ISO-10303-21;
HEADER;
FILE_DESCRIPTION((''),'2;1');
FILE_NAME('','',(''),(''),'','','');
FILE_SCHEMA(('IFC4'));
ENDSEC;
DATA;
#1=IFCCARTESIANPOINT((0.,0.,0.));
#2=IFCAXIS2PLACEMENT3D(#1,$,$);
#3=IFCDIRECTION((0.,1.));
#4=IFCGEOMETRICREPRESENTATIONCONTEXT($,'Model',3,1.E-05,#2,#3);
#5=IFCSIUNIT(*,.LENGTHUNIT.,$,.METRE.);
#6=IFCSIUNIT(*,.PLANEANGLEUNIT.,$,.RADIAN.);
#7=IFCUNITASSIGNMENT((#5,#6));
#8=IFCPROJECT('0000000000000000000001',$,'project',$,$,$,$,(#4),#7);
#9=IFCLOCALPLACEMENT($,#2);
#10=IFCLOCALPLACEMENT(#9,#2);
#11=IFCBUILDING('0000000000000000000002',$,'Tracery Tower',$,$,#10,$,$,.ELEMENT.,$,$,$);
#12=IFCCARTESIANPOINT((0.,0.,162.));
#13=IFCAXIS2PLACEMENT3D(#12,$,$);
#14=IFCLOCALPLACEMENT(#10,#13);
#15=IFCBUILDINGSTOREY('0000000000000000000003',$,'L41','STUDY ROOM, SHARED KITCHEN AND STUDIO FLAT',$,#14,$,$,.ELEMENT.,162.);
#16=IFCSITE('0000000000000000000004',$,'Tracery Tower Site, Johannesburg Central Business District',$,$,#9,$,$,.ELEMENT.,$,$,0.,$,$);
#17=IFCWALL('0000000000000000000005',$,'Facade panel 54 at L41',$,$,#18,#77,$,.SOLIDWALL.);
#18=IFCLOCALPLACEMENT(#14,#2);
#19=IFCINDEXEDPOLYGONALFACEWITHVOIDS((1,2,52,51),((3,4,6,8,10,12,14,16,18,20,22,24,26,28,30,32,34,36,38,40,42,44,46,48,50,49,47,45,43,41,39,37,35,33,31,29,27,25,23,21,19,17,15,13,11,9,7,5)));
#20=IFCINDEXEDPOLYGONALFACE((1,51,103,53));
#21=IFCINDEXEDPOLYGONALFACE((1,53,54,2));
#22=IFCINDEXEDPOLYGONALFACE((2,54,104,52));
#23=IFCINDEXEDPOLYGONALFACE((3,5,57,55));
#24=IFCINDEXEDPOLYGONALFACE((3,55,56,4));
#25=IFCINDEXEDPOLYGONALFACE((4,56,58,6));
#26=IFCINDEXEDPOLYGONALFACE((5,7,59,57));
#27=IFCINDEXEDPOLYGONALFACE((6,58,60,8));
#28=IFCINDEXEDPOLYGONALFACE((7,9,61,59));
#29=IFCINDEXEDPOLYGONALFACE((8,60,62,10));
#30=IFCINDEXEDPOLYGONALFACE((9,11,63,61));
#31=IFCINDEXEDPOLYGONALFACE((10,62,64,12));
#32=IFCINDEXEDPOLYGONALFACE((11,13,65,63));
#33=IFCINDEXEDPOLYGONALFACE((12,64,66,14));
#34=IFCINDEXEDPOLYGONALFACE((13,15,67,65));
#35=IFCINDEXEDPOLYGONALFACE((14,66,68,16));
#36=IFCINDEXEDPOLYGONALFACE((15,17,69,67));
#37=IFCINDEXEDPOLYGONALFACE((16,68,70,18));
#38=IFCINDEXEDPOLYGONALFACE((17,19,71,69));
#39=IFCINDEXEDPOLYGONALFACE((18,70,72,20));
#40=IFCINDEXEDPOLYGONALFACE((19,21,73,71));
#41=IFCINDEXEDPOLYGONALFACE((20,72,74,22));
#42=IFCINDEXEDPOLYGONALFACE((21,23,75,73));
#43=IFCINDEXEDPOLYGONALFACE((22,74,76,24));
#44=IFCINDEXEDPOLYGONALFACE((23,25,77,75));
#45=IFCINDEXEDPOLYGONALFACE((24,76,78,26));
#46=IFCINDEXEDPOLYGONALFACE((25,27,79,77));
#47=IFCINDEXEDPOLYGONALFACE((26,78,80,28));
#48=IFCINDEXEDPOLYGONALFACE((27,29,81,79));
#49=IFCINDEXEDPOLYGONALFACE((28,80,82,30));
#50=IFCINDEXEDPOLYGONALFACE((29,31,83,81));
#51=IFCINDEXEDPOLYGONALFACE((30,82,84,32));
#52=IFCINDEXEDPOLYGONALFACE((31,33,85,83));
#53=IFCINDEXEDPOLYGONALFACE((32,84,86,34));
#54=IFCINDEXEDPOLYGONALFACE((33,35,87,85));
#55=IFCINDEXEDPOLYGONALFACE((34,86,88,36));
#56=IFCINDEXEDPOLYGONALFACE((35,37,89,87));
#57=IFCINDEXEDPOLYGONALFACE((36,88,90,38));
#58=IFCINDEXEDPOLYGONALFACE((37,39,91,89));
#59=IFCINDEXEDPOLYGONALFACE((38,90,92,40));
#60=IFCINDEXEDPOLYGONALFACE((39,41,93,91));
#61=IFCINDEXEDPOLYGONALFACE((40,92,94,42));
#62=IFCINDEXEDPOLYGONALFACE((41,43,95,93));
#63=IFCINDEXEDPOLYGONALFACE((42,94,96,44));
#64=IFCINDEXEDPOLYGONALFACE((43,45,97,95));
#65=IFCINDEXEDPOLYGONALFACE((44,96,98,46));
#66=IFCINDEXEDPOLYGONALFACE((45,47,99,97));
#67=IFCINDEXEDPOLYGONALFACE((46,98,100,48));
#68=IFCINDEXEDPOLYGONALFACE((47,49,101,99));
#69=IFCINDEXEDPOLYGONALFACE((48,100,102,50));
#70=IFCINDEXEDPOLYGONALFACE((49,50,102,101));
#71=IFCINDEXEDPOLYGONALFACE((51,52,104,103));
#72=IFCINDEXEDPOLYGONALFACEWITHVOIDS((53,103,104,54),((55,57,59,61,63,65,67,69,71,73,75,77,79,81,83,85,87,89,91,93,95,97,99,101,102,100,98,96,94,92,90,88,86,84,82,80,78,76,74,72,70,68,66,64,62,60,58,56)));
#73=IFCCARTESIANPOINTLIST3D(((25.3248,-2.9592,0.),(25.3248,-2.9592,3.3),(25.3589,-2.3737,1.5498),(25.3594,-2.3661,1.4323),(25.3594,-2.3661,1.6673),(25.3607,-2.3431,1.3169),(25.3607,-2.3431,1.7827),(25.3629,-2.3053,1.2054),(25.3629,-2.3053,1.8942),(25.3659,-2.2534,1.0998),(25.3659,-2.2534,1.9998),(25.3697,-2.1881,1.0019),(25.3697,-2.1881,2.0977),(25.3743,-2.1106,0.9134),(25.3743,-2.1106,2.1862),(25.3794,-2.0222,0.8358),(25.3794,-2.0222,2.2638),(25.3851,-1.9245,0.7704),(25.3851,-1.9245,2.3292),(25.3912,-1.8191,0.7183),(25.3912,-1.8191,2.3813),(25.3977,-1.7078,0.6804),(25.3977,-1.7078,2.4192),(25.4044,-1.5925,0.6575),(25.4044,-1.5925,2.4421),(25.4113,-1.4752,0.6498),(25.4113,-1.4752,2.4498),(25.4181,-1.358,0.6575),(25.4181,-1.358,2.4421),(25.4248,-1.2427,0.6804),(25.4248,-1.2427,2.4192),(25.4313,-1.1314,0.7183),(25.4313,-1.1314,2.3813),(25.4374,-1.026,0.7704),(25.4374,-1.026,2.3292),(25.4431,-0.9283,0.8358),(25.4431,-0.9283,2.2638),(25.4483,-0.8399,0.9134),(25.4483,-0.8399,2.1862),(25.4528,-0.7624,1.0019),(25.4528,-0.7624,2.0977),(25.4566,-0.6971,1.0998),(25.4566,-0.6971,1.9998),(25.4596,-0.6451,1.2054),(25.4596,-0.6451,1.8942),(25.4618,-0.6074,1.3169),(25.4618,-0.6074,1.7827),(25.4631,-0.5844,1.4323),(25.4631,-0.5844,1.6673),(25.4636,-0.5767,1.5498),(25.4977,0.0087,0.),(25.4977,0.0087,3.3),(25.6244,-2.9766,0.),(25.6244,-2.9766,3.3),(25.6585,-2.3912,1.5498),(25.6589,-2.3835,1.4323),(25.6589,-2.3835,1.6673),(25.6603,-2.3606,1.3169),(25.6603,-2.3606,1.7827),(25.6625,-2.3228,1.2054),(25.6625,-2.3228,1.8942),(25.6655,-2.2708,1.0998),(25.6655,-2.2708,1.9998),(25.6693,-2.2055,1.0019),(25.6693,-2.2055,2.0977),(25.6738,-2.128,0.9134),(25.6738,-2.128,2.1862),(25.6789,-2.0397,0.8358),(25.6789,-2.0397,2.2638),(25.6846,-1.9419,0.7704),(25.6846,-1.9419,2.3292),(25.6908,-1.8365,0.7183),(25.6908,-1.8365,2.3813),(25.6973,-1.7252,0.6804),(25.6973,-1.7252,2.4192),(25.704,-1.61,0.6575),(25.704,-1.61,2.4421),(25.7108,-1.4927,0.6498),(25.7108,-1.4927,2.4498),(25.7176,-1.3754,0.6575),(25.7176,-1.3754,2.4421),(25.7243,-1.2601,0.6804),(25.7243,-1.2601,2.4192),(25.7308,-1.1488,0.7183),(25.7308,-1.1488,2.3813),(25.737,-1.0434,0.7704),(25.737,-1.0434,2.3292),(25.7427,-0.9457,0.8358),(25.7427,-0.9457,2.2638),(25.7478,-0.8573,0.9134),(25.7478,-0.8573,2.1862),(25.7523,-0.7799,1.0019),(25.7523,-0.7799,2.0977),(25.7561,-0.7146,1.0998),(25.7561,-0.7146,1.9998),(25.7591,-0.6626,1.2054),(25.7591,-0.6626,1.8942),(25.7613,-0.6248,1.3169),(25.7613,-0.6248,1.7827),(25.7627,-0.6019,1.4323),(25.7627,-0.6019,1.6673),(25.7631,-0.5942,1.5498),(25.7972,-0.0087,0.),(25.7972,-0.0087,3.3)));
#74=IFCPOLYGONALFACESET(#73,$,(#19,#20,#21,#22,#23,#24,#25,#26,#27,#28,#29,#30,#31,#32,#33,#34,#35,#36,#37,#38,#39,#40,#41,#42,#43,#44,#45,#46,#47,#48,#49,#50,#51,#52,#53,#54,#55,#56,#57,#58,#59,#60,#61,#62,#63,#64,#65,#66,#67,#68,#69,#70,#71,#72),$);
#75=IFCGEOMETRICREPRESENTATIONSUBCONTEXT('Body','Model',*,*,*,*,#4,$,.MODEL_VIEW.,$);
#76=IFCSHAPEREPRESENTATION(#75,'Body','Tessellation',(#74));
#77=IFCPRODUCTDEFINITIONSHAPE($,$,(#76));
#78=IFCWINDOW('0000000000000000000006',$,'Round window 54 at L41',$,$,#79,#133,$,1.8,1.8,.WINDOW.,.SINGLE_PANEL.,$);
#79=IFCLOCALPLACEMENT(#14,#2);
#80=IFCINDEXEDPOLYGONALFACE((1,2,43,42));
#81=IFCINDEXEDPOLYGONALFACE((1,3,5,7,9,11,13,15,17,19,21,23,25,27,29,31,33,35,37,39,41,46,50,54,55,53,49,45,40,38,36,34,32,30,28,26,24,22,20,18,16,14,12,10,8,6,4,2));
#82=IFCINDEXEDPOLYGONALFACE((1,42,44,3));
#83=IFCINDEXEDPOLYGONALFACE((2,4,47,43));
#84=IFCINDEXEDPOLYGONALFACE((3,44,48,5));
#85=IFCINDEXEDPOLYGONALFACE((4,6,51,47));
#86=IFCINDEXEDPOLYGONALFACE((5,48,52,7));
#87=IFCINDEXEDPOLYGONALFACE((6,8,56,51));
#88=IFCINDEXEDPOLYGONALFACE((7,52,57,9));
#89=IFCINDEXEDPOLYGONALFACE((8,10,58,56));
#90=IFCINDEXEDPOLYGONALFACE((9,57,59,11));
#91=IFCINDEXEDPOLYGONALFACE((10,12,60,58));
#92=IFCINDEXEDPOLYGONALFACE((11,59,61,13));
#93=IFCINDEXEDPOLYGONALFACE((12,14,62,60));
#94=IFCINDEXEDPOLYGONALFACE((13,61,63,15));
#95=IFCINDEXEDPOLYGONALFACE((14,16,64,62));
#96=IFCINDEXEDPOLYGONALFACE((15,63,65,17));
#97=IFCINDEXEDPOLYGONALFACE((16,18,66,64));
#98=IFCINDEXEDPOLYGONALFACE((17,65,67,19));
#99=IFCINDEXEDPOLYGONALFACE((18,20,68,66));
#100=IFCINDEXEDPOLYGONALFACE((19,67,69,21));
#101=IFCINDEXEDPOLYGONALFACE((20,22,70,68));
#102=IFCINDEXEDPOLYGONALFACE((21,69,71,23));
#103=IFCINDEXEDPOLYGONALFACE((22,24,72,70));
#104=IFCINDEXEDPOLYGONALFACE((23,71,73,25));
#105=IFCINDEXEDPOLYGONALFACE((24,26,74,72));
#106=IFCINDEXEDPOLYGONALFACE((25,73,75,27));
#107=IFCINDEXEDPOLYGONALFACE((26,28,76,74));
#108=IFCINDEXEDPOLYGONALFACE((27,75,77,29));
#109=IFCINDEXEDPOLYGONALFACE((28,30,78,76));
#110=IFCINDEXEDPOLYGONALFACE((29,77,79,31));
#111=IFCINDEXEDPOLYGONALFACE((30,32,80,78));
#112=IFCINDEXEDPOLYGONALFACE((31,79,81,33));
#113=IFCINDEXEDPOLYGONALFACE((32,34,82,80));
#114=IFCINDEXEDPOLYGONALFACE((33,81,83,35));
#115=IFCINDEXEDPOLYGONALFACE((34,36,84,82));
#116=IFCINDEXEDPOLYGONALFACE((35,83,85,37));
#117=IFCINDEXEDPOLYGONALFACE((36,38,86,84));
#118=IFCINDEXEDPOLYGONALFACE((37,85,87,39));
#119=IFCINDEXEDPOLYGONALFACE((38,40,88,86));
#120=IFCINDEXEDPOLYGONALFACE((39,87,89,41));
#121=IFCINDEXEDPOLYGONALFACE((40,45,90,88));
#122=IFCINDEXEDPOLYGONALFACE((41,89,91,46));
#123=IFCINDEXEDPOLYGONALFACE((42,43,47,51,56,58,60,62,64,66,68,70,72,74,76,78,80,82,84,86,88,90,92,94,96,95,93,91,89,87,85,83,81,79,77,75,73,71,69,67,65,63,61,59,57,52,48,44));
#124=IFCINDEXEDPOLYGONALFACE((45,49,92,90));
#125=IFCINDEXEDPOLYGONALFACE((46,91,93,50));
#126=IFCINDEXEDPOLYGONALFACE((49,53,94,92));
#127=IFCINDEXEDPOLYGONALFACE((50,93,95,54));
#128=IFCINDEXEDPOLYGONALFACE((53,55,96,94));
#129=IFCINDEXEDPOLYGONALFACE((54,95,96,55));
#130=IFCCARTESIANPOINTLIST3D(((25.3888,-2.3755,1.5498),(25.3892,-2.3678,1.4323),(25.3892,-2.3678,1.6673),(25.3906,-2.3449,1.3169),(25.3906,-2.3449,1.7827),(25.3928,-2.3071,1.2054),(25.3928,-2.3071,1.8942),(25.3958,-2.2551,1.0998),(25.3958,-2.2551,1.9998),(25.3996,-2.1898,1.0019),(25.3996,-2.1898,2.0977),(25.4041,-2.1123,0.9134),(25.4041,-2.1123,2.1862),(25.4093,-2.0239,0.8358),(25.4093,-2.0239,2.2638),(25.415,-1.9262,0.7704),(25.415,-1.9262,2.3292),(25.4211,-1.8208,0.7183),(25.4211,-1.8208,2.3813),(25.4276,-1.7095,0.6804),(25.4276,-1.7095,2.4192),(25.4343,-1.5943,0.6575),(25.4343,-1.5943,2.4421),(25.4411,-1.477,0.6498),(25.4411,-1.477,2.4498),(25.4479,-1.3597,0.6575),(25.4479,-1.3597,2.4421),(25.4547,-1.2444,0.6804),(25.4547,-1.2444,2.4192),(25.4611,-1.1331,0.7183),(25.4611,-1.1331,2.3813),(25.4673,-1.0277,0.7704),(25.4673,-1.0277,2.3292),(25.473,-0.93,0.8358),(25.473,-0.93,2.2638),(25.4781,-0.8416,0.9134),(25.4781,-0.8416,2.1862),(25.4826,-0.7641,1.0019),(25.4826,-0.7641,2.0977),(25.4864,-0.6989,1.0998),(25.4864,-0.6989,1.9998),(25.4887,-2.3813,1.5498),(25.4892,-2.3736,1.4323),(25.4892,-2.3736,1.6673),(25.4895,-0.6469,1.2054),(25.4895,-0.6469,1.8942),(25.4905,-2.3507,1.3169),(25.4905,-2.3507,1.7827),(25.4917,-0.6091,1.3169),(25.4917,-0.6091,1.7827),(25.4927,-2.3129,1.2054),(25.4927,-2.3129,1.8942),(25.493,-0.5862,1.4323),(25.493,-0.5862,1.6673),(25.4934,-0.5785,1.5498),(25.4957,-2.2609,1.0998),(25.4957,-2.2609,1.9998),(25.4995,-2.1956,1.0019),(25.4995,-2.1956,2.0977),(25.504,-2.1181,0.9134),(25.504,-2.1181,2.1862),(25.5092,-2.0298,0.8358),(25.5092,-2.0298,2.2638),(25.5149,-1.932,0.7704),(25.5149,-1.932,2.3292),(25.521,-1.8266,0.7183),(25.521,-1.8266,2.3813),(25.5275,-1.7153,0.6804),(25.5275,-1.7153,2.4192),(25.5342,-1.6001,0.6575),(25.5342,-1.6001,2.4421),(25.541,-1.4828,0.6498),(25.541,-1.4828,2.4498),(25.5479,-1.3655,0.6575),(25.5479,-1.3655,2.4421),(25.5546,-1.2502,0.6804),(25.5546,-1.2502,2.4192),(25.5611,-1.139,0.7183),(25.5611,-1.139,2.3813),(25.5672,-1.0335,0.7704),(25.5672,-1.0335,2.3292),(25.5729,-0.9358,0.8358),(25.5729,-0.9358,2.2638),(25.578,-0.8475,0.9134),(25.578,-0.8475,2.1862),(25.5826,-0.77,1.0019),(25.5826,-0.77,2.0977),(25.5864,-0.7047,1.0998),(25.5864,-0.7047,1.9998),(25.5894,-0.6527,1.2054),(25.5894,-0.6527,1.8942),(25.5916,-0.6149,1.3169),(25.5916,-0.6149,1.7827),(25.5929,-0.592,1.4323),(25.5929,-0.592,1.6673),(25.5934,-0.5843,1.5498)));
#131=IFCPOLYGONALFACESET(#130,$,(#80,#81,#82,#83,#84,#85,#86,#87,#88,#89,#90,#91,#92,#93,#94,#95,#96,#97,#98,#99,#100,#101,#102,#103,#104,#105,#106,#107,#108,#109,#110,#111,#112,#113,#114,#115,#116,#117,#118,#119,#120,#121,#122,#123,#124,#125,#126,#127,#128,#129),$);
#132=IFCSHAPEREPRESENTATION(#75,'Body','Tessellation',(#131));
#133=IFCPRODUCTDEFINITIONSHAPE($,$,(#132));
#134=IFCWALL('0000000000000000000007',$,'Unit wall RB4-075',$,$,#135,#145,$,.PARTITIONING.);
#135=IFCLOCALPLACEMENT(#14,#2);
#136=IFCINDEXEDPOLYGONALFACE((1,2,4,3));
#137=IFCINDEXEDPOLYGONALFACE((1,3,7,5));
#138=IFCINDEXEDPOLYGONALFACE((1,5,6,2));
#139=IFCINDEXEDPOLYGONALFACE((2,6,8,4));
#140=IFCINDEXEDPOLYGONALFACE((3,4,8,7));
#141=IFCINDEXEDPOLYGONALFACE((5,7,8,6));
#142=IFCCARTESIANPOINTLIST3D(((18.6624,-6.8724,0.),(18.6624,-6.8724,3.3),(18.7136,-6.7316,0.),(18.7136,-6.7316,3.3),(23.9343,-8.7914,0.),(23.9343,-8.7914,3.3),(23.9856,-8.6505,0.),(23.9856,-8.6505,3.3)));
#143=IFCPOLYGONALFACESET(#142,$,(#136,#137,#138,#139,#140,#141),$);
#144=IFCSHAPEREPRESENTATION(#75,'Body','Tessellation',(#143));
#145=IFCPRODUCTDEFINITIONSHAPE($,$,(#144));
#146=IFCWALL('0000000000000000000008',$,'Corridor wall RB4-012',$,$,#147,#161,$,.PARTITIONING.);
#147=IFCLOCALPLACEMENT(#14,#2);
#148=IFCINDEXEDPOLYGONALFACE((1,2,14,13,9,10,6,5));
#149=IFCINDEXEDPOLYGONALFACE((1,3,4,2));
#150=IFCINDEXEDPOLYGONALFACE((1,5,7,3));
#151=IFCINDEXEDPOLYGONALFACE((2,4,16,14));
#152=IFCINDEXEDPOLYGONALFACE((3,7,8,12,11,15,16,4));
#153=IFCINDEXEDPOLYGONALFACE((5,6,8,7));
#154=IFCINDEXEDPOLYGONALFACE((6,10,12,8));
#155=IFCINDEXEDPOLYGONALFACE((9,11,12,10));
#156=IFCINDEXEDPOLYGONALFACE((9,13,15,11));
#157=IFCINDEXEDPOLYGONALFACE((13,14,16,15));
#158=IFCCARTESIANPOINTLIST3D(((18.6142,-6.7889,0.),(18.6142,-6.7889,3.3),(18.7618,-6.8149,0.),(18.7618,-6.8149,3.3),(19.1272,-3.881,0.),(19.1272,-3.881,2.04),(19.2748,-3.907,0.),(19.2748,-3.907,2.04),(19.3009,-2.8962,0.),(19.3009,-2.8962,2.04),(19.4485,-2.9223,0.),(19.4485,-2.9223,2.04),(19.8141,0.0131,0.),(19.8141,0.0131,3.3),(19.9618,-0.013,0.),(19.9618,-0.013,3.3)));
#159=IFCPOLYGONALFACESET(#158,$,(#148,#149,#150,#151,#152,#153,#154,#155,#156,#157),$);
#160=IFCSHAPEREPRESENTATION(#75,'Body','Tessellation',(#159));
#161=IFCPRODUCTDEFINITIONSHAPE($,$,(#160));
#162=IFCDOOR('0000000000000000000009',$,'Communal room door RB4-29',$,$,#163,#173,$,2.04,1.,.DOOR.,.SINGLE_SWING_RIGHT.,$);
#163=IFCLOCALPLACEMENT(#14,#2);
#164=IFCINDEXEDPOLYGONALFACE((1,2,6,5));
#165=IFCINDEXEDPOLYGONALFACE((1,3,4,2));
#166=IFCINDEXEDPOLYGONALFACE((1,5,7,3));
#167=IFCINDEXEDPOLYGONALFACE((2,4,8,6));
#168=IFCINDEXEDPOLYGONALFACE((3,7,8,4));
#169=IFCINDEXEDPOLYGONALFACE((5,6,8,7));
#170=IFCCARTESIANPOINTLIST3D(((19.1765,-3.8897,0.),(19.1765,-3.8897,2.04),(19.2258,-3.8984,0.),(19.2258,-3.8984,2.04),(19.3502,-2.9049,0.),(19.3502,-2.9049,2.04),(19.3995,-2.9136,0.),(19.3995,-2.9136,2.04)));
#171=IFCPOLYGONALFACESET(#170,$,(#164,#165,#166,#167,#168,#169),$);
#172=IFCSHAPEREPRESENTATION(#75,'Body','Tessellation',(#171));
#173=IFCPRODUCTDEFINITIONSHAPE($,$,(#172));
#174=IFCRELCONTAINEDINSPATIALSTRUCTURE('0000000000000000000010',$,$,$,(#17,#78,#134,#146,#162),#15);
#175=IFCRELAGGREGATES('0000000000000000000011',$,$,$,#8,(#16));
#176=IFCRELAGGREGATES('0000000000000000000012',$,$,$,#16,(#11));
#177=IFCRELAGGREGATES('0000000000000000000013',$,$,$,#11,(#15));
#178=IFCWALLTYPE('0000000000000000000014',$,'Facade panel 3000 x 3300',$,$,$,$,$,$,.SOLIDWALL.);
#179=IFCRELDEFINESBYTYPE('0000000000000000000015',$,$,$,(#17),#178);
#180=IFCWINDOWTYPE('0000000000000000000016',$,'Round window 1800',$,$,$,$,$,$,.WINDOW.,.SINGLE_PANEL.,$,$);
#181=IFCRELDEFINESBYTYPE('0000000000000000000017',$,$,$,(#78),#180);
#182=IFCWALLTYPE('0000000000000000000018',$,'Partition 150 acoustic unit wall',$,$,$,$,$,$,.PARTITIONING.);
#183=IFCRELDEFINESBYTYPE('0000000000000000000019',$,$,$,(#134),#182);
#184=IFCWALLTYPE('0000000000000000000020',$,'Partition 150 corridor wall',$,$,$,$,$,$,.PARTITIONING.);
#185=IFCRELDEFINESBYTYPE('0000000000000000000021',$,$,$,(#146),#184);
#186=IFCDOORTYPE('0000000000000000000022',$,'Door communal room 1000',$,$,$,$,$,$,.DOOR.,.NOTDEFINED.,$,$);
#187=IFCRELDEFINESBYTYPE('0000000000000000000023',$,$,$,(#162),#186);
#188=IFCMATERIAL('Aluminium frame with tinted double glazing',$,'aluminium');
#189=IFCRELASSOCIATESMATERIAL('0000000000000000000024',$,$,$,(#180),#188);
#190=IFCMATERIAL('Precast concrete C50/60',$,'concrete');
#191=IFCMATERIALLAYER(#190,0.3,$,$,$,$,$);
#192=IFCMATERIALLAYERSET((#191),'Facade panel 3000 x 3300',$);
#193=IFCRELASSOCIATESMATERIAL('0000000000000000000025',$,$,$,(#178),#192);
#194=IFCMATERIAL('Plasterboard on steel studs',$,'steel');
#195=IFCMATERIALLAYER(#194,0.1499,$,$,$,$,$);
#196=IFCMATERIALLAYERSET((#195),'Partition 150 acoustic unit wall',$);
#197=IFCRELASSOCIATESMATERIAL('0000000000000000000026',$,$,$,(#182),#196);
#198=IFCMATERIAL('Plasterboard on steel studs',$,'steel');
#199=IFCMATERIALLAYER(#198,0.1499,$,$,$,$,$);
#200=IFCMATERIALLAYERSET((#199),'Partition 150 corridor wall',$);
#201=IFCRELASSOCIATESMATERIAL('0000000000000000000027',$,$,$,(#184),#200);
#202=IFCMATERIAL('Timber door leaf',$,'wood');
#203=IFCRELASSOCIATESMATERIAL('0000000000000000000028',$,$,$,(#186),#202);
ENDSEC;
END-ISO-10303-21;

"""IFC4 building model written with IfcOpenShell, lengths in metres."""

from ifc_helpers import new_model, si_unit, direction, frame, frame_2d, origin, origin_2d, place, context, subcontext, project, spatial, rectangle, circle, extrude, material, layer, layer_set, type_object, element, fill, save


model = new_model("IFC4")

# Units and contexts
model_context = context("Model", 3, precision=1e-05, world=origin(), true_north=direction((0.0, 1.0)))
body_context = subcontext(model_context, "Body", "Model", "MODEL_VIEW")
ifc_project = project(units=[si_unit("LENGTHUNIT", "METRE"), si_unit("PLANEANGLEUNIT", "RADIAN")], contexts=[model_context])

# Site, building, storey
site_placement = place(None, origin())
site = spatial("IfcSite", under=ifc_project, at=site_placement, Name="Tracery Tower Site, Johannesburg Central Business District", CompositionType="ELEMENT", RefElevation=0.0)
building_placement = place(site_placement, origin())
building = spatial("IfcBuilding", under=site, at=building_placement, Name="Tracery Tower", CompositionType="ELEMENT")
storey_placement = place(building_placement, frame((0.0, 0.0, 162.0)))
storey = spatial("IfcBuildingStorey", under=building, at=storey_placement, Name="L41", Description="STUDY ROOM, SHARED KITCHEN AND STUDIO FLAT", CompositionType="ELEMENT", Elevation=162.0)

# Wall, opening, window
ifc_material_1 = material(Name="Aluminium frame with tinted double glazing", Category="aluminium")
window_type = type_object("IfcWindowType", Name="Round window 1800", PartitioningType="SINGLE_PANEL", PredefinedType="WINDOW", material=ifc_material_1)
ifc_material_2 = material(Name="Precast concrete C50/60", Category="concrete")
ifc_layer_1 = layer(ifc_material_2, 0.3)
ifc_layer_set_1 = layer_set([ifc_layer_1], Name="Facade panel 3000 x 3300")
wall_type_1 = type_object("IfcWallType", Name="Facade panel 3000 x 3300", PredefinedType="SOLIDWALL", material=ifc_layer_set_1)
wall_1_placement = place(storey_placement, frame((25.4746, -2.9678, 0.0), z_axis=(0.0, 0.0, 1.0), x_axis=(0.058144, 0.998308, 0.0)))
wall_1 = element("IfcWall", 1, at=wall_1_placement, inside=storey, type_object=wall_type_1, Name="Facade panel 54 at L41", PredefinedType="SOLIDWALL", context=body_context, shape_type="SweptSolid", body=[
    extrude(rectangle(XDim=2.9729, YDim=0.3, at=frame_2d((1.4863, 0.0))), origin(), (0.0, 0.0, 1.0), 3.3),
])
opening_1_placement = place(wall_1_placement, frame((1.4863, 0.0, 1.5498)))
opening_1 = element("IfcOpeningElement", 2, at=opening_1_placement, cuts=wall_1, PredefinedType="OPENING", context=body_context, shape_type="SweptSolid", body=[
    extrude(circle(Radius=0.9, at=origin_2d()), frame((0.0, 0.1599, 0.0), z_axis=(0.0, -1.0, 0.0), x_axis=(1.0, 0.0, 0.0)), (0.0, 0.0, 1.0), 0.3201),
])
window_1_placement = place(opening_1_placement, origin())
window_1 = element("IfcWindow", 3, at=window_1_placement, inside=storey, type_object=window_type, Name="Round window 54 at L41", OverallHeight=1.8, OverallWidth=1.8, PartitioningType="SINGLE_PANEL", PredefinedType="WINDOW", context=body_context, shape_type="SweptSolid", body=[
    extrude(circle(Radius=0.9, at=origin_2d()), frame((0.0, 0.1201, 0.0), z_axis=(0.0, -1.0, 0.0), x_axis=(1.0, 0.0, 0.0)), (0.0, 0.0, 1.0), 0.1001),
])
fill(opening_1, window_1)

# Wall
ifc_material_3 = material(Name="Plasterboard on steel studs", Category="steel")
ifc_layer_2 = layer(ifc_material_3, 0.1499)
ifc_layer_set_2 = layer_set([ifc_layer_2], Name="Partition 150 acoustic unit wall")
wall_type_2 = type_object("IfcWallType", Name="Partition 150 acoustic unit wall", PredefinedType="PARTITIONING", material=ifc_layer_set_2)
wall_2_placement = place(storey_placement, frame((18.688, -6.802, 0.0), z_axis=(0.0, 0.0, 1.0), x_axis=(0.939687, -0.342037, 0.0)))
element("IfcWall", 4, at=wall_2_placement, inside=storey, type_object=wall_type_2, Name="Unit wall RB4-075", PredefinedType="PARTITIONING", context=body_context, shape_type="SweptSolid", body=[
    extrude(rectangle(XDim=5.6104, YDim=0.1499, at=frame_2d((2.8052, 0.0))), origin(), (0.0, 0.0, 1.0), 3.3),
])

# Wall, opening, door
ifc_material_4 = material(Name="Plasterboard on steel studs", Category="steel")
ifc_layer_3 = layer(ifc_material_4, 0.1499)
ifc_layer_set_3 = layer_set([ifc_layer_3], Name="Partition 150 corridor wall")
wall_type_3 = type_object("IfcWallType", Name="Partition 150 corridor wall", PredefinedType="PARTITIONING", material=ifc_layer_set_3)
wall_3_placement = place(storey_placement, frame((18.688, -6.802, 0.0), z_axis=(0.0, 0.0, 1.0), x_axis=(0.173729, 0.984794, 0.0)))
wall_3 = element("IfcWall", 5, at=wall_3_placement, inside=storey, type_object=wall_type_3, Name="Corridor wall RB4-012", PredefinedType="PARTITIONING", context=body_context, shape_type="SweptSolid", body=[
    extrude(rectangle(XDim=6.907, YDim=0.1499, at=frame_2d((3.4536, 0.0))), origin(), (0.0, 0.0, 1.0), 3.3),
])
opening_2_placement = place(wall_3_placement, frame((2.9529, 0.0, 0.0)))
opening_2 = element("IfcOpeningElement", 6, at=opening_2_placement, cuts=wall_3, PredefinedType="OPENING", context=body_context, shape_type="SweptSolid", body=[
    extrude(rectangle(XDim=1.0, YDim=2.04, at=frame_2d((0.5, 1.02))), frame((0.0, 0.075, 0.0), z_axis=(0.0, -1.0, 0.0), x_axis=(1.0, 0.0, 0.0)), (0.0, 0.0, 1.0), 0.1499),
])
ifc_material_5 = material(Name="Timber door leaf", Category="wood")
door_type_1 = type_object("IfcDoorType", Name="Door communal room 1000", OperationType="NOTDEFINED", PredefinedType="DOOR", material=ifc_material_5)
door_1_placement = place(opening_2_placement, origin())
door_1 = element("IfcDoor", 7, at=door_1_placement, inside=storey, type_object=door_type_1, Name="Communal room door RB4-29", OperationType="SINGLE_SWING_RIGHT", OverallHeight=2.04, OverallWidth=1.0, PredefinedType="DOOR", context=body_context, shape_type="SweptSolid", body=[
    extrude(rectangle(XDim=1.0, YDim=2.04, at=frame_2d((0.5, 1.02))), frame((0.0, 0.0249, 0.0), z_axis=(0.0, -1.0, 0.0), x_axis=(1.0, 0.0, 0.0)), (0.0, 0.0, 1.0), 0.05),
])
fill(opening_2, door_1)

save(model, "model.ifc")
